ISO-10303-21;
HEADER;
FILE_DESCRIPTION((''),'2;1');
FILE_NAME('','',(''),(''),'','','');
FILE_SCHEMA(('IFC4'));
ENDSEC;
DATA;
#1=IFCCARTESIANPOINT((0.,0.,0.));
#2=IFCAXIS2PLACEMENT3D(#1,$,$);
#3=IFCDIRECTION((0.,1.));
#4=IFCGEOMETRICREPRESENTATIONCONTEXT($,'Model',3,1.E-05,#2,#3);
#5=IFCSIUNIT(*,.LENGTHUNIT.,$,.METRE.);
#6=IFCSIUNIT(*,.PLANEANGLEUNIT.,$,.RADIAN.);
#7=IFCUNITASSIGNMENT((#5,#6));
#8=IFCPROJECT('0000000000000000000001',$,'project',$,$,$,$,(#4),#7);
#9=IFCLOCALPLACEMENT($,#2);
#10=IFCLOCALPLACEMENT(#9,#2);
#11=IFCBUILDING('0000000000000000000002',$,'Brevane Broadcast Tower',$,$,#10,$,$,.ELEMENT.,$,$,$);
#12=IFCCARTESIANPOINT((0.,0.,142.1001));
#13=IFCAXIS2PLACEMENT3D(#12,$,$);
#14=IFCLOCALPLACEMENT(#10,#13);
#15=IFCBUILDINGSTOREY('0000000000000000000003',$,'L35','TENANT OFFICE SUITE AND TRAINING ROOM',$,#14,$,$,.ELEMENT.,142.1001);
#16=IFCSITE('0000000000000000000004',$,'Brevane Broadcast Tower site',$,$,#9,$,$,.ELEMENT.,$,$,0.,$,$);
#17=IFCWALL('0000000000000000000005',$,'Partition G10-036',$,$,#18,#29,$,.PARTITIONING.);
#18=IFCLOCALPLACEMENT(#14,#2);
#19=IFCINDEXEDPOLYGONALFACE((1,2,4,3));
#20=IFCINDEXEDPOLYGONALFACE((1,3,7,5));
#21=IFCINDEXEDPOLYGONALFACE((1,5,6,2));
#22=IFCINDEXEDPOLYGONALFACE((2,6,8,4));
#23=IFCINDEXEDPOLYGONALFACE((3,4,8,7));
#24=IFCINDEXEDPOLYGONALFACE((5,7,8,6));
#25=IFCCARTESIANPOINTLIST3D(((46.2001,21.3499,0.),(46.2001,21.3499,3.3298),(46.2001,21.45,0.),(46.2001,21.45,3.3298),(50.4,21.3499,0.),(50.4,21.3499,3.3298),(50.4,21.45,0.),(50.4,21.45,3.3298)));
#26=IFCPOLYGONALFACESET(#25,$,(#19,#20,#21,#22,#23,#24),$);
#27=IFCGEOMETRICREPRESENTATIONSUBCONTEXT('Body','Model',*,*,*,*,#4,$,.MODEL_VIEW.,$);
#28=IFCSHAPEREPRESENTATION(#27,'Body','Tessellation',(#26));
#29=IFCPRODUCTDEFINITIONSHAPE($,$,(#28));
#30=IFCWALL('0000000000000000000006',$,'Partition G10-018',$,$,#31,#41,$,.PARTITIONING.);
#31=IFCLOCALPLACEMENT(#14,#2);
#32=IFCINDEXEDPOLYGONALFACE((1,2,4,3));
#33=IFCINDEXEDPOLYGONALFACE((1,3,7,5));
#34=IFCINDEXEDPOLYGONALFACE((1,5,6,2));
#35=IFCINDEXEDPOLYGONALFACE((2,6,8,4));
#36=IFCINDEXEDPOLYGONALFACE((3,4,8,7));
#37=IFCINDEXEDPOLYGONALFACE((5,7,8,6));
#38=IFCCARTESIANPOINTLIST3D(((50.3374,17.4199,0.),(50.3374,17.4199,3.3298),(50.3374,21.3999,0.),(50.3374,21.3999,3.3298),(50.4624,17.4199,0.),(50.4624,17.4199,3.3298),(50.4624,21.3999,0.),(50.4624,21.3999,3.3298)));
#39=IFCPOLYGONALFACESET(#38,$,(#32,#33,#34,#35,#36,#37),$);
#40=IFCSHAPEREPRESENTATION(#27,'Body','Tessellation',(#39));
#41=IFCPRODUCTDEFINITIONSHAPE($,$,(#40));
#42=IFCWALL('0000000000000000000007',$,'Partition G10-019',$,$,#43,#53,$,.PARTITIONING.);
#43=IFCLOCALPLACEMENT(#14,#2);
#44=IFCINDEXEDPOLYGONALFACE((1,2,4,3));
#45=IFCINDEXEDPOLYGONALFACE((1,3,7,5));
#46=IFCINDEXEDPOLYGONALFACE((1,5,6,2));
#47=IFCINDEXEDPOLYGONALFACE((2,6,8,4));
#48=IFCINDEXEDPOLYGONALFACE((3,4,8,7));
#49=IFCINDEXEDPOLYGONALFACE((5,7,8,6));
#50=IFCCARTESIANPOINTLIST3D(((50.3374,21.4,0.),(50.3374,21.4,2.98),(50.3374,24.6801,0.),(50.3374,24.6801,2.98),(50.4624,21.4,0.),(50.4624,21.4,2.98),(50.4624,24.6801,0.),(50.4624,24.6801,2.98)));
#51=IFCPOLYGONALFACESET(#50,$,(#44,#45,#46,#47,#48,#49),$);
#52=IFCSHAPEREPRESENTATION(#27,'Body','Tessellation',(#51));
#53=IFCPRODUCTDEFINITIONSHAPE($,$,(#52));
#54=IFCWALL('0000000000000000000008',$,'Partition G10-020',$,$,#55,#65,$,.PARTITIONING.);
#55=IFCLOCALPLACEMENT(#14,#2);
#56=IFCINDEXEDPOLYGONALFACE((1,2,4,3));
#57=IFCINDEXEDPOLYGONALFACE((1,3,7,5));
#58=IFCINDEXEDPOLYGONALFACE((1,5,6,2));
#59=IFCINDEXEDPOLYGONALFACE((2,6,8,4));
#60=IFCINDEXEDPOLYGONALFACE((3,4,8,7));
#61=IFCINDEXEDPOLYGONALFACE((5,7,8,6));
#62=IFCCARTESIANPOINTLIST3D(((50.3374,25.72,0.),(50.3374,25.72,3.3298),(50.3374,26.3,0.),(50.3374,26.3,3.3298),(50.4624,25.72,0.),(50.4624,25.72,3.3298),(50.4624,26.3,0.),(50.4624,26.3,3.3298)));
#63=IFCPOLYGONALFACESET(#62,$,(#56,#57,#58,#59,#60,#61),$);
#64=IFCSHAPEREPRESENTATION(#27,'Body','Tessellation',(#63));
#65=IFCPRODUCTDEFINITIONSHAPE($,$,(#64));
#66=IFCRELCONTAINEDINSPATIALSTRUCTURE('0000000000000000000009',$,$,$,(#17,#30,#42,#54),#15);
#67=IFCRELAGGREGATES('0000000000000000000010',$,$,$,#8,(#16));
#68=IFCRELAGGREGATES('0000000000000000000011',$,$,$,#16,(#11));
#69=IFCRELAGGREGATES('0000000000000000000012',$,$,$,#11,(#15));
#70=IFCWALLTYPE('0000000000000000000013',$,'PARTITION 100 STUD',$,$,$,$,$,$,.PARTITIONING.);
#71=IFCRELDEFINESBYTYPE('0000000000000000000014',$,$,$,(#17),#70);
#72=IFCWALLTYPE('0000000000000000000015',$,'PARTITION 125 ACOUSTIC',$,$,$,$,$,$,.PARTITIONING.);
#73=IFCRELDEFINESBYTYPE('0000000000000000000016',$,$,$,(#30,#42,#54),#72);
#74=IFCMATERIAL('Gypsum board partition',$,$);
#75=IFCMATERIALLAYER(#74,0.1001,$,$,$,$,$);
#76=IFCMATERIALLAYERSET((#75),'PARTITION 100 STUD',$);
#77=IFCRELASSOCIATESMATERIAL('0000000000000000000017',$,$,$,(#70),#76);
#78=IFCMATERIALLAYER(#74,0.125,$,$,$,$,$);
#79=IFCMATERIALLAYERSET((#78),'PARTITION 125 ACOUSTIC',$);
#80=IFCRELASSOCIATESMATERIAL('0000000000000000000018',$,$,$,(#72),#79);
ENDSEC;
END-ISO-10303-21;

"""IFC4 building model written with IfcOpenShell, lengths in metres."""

from ifc_helpers import new_model, si_unit, direction, frame, frame_2d, origin, place, context, subcontext, project, spatial, rectangle, extrude, material, layer, layer_set, type_object, element, save


model = new_model("IFC4")

# Units and contexts
model_context = context("Model", 3, precision=1e-05, world=origin(), true_north=direction((0.0, 1.0)))
body_context = subcontext(model_context, "Body", "Model", "MODEL_VIEW")
ifc_project = project(units=[si_unit("LENGTHUNIT", "METRE"), si_unit("PLANEANGLEUNIT", "RADIAN")], contexts=[model_context])

# Site, building, storey
site_placement = place(None, origin())
site = spatial("IfcSite", under=ifc_project, at=site_placement, Name="Brevane Broadcast Tower site", CompositionType="ELEMENT", RefElevation=0.0)
building_placement = place(site_placement, origin())
building = spatial("IfcBuilding", under=site, at=building_placement, Name="Brevane Broadcast Tower", CompositionType="ELEMENT")
storey_placement = place(building_placement, frame((0.0, 0.0, 142.1001)))
storey = spatial("IfcBuildingStorey", under=building, at=storey_placement, Name="L35", Description="TENANT OFFICE SUITE AND TRAINING ROOM", CompositionType="ELEMENT", Elevation=142.1001)

# Shared definitions
ifc_material_1 = material(Name="Gypsum board partition")
ifc_layer_1 = layer(ifc_material_1, 0.1001)
ifc_layer_set_1 = layer_set([ifc_layer_1], Name="PARTITION 100 STUD")
wall_type_1 = type_object("IfcWallType", Name="PARTITION 100 STUD", PredefinedType="PARTITIONING", material=ifc_layer_set_1)

# Walls
wall_1_placement = place(storey_placement, frame((46.2, 21.3999, 0.0), z_axis=(0.0, 0.0, 1.0), x_axis=(1.0, 0.0, 0.0)))
element("IfcWall", 1, at=wall_1_placement, inside=storey, type_object=wall_type_1, Name="Partition G10-036", PredefinedType="PARTITIONING", context=body_context, shape_type="SweptSolid", body=[
    extrude(rectangle(XDim=4.2, YDim=0.1001, at=frame_2d((2.1001, 0.0))), origin(), (0.0, 0.0, 1.0), 3.3298),
])
ifc_layer_2 = layer(ifc_material_1, 0.125)
ifc_layer_set_2 = layer_set([ifc_layer_2], Name="PARTITION 125 ACOUSTIC")
wall_type_2 = type_object("IfcWallType", Name="PARTITION 125 ACOUSTIC", PredefinedType="PARTITIONING", material=ifc_layer_set_2)
wall_2_placement = place(storey_placement, frame((50.3999, 17.4199, 0.0), z_axis=(0.0, 0.0, 1.0), x_axis=(0.0, 1.0, 0.0)))
element("IfcWall", 2, at=wall_2_placement, inside=storey, type_object=wall_type_2, Name="Partition G10-018", PredefinedType="PARTITIONING", context=body_context, shape_type="SweptSolid", body=[
    extrude(rectangle(XDim=3.98, YDim=0.125, at=frame_2d((1.99, 0.0))), origin(), (0.0, 0.0, 1.0), 3.3298),
])
wall_3_placement = place(storey_placement, frame((50.3999, 21.3999, 0.0), z_axis=(0.0, 0.0, 1.0), x_axis=(0.0, 1.0, 0.0)))
element("IfcWall", 3, at=wall_3_placement, inside=storey, type_object=wall_type_2, Name="Partition G10-019", PredefinedType="PARTITIONING", context=body_context, shape_type="SweptSolid", body=[
    extrude(rectangle(XDim=3.28, YDim=0.125, at=frame_2d((1.6401, 0.0))), origin(), (0.0, 0.0, 1.0), 2.98),
])
wall_4_placement = place(storey_placement, frame((50.3999, 25.72, 0.0), z_axis=(0.0, 0.0, 1.0), x_axis=(0.0, 1.0, 0.0)))
element("IfcWall", 4, at=wall_4_placement, inside=storey, type_object=wall_type_2, Name="Partition G10-020", PredefinedType="PARTITIONING", context=body_context, shape_type="SweptSolid", body=[
    extrude(rectangle(XDim=0.5801, YDim=0.125, at=frame_2d((0.29, 0.0))), origin(), (0.0, 0.0, 1.0), 3.3298),
])

save(model, "model.ifc")
